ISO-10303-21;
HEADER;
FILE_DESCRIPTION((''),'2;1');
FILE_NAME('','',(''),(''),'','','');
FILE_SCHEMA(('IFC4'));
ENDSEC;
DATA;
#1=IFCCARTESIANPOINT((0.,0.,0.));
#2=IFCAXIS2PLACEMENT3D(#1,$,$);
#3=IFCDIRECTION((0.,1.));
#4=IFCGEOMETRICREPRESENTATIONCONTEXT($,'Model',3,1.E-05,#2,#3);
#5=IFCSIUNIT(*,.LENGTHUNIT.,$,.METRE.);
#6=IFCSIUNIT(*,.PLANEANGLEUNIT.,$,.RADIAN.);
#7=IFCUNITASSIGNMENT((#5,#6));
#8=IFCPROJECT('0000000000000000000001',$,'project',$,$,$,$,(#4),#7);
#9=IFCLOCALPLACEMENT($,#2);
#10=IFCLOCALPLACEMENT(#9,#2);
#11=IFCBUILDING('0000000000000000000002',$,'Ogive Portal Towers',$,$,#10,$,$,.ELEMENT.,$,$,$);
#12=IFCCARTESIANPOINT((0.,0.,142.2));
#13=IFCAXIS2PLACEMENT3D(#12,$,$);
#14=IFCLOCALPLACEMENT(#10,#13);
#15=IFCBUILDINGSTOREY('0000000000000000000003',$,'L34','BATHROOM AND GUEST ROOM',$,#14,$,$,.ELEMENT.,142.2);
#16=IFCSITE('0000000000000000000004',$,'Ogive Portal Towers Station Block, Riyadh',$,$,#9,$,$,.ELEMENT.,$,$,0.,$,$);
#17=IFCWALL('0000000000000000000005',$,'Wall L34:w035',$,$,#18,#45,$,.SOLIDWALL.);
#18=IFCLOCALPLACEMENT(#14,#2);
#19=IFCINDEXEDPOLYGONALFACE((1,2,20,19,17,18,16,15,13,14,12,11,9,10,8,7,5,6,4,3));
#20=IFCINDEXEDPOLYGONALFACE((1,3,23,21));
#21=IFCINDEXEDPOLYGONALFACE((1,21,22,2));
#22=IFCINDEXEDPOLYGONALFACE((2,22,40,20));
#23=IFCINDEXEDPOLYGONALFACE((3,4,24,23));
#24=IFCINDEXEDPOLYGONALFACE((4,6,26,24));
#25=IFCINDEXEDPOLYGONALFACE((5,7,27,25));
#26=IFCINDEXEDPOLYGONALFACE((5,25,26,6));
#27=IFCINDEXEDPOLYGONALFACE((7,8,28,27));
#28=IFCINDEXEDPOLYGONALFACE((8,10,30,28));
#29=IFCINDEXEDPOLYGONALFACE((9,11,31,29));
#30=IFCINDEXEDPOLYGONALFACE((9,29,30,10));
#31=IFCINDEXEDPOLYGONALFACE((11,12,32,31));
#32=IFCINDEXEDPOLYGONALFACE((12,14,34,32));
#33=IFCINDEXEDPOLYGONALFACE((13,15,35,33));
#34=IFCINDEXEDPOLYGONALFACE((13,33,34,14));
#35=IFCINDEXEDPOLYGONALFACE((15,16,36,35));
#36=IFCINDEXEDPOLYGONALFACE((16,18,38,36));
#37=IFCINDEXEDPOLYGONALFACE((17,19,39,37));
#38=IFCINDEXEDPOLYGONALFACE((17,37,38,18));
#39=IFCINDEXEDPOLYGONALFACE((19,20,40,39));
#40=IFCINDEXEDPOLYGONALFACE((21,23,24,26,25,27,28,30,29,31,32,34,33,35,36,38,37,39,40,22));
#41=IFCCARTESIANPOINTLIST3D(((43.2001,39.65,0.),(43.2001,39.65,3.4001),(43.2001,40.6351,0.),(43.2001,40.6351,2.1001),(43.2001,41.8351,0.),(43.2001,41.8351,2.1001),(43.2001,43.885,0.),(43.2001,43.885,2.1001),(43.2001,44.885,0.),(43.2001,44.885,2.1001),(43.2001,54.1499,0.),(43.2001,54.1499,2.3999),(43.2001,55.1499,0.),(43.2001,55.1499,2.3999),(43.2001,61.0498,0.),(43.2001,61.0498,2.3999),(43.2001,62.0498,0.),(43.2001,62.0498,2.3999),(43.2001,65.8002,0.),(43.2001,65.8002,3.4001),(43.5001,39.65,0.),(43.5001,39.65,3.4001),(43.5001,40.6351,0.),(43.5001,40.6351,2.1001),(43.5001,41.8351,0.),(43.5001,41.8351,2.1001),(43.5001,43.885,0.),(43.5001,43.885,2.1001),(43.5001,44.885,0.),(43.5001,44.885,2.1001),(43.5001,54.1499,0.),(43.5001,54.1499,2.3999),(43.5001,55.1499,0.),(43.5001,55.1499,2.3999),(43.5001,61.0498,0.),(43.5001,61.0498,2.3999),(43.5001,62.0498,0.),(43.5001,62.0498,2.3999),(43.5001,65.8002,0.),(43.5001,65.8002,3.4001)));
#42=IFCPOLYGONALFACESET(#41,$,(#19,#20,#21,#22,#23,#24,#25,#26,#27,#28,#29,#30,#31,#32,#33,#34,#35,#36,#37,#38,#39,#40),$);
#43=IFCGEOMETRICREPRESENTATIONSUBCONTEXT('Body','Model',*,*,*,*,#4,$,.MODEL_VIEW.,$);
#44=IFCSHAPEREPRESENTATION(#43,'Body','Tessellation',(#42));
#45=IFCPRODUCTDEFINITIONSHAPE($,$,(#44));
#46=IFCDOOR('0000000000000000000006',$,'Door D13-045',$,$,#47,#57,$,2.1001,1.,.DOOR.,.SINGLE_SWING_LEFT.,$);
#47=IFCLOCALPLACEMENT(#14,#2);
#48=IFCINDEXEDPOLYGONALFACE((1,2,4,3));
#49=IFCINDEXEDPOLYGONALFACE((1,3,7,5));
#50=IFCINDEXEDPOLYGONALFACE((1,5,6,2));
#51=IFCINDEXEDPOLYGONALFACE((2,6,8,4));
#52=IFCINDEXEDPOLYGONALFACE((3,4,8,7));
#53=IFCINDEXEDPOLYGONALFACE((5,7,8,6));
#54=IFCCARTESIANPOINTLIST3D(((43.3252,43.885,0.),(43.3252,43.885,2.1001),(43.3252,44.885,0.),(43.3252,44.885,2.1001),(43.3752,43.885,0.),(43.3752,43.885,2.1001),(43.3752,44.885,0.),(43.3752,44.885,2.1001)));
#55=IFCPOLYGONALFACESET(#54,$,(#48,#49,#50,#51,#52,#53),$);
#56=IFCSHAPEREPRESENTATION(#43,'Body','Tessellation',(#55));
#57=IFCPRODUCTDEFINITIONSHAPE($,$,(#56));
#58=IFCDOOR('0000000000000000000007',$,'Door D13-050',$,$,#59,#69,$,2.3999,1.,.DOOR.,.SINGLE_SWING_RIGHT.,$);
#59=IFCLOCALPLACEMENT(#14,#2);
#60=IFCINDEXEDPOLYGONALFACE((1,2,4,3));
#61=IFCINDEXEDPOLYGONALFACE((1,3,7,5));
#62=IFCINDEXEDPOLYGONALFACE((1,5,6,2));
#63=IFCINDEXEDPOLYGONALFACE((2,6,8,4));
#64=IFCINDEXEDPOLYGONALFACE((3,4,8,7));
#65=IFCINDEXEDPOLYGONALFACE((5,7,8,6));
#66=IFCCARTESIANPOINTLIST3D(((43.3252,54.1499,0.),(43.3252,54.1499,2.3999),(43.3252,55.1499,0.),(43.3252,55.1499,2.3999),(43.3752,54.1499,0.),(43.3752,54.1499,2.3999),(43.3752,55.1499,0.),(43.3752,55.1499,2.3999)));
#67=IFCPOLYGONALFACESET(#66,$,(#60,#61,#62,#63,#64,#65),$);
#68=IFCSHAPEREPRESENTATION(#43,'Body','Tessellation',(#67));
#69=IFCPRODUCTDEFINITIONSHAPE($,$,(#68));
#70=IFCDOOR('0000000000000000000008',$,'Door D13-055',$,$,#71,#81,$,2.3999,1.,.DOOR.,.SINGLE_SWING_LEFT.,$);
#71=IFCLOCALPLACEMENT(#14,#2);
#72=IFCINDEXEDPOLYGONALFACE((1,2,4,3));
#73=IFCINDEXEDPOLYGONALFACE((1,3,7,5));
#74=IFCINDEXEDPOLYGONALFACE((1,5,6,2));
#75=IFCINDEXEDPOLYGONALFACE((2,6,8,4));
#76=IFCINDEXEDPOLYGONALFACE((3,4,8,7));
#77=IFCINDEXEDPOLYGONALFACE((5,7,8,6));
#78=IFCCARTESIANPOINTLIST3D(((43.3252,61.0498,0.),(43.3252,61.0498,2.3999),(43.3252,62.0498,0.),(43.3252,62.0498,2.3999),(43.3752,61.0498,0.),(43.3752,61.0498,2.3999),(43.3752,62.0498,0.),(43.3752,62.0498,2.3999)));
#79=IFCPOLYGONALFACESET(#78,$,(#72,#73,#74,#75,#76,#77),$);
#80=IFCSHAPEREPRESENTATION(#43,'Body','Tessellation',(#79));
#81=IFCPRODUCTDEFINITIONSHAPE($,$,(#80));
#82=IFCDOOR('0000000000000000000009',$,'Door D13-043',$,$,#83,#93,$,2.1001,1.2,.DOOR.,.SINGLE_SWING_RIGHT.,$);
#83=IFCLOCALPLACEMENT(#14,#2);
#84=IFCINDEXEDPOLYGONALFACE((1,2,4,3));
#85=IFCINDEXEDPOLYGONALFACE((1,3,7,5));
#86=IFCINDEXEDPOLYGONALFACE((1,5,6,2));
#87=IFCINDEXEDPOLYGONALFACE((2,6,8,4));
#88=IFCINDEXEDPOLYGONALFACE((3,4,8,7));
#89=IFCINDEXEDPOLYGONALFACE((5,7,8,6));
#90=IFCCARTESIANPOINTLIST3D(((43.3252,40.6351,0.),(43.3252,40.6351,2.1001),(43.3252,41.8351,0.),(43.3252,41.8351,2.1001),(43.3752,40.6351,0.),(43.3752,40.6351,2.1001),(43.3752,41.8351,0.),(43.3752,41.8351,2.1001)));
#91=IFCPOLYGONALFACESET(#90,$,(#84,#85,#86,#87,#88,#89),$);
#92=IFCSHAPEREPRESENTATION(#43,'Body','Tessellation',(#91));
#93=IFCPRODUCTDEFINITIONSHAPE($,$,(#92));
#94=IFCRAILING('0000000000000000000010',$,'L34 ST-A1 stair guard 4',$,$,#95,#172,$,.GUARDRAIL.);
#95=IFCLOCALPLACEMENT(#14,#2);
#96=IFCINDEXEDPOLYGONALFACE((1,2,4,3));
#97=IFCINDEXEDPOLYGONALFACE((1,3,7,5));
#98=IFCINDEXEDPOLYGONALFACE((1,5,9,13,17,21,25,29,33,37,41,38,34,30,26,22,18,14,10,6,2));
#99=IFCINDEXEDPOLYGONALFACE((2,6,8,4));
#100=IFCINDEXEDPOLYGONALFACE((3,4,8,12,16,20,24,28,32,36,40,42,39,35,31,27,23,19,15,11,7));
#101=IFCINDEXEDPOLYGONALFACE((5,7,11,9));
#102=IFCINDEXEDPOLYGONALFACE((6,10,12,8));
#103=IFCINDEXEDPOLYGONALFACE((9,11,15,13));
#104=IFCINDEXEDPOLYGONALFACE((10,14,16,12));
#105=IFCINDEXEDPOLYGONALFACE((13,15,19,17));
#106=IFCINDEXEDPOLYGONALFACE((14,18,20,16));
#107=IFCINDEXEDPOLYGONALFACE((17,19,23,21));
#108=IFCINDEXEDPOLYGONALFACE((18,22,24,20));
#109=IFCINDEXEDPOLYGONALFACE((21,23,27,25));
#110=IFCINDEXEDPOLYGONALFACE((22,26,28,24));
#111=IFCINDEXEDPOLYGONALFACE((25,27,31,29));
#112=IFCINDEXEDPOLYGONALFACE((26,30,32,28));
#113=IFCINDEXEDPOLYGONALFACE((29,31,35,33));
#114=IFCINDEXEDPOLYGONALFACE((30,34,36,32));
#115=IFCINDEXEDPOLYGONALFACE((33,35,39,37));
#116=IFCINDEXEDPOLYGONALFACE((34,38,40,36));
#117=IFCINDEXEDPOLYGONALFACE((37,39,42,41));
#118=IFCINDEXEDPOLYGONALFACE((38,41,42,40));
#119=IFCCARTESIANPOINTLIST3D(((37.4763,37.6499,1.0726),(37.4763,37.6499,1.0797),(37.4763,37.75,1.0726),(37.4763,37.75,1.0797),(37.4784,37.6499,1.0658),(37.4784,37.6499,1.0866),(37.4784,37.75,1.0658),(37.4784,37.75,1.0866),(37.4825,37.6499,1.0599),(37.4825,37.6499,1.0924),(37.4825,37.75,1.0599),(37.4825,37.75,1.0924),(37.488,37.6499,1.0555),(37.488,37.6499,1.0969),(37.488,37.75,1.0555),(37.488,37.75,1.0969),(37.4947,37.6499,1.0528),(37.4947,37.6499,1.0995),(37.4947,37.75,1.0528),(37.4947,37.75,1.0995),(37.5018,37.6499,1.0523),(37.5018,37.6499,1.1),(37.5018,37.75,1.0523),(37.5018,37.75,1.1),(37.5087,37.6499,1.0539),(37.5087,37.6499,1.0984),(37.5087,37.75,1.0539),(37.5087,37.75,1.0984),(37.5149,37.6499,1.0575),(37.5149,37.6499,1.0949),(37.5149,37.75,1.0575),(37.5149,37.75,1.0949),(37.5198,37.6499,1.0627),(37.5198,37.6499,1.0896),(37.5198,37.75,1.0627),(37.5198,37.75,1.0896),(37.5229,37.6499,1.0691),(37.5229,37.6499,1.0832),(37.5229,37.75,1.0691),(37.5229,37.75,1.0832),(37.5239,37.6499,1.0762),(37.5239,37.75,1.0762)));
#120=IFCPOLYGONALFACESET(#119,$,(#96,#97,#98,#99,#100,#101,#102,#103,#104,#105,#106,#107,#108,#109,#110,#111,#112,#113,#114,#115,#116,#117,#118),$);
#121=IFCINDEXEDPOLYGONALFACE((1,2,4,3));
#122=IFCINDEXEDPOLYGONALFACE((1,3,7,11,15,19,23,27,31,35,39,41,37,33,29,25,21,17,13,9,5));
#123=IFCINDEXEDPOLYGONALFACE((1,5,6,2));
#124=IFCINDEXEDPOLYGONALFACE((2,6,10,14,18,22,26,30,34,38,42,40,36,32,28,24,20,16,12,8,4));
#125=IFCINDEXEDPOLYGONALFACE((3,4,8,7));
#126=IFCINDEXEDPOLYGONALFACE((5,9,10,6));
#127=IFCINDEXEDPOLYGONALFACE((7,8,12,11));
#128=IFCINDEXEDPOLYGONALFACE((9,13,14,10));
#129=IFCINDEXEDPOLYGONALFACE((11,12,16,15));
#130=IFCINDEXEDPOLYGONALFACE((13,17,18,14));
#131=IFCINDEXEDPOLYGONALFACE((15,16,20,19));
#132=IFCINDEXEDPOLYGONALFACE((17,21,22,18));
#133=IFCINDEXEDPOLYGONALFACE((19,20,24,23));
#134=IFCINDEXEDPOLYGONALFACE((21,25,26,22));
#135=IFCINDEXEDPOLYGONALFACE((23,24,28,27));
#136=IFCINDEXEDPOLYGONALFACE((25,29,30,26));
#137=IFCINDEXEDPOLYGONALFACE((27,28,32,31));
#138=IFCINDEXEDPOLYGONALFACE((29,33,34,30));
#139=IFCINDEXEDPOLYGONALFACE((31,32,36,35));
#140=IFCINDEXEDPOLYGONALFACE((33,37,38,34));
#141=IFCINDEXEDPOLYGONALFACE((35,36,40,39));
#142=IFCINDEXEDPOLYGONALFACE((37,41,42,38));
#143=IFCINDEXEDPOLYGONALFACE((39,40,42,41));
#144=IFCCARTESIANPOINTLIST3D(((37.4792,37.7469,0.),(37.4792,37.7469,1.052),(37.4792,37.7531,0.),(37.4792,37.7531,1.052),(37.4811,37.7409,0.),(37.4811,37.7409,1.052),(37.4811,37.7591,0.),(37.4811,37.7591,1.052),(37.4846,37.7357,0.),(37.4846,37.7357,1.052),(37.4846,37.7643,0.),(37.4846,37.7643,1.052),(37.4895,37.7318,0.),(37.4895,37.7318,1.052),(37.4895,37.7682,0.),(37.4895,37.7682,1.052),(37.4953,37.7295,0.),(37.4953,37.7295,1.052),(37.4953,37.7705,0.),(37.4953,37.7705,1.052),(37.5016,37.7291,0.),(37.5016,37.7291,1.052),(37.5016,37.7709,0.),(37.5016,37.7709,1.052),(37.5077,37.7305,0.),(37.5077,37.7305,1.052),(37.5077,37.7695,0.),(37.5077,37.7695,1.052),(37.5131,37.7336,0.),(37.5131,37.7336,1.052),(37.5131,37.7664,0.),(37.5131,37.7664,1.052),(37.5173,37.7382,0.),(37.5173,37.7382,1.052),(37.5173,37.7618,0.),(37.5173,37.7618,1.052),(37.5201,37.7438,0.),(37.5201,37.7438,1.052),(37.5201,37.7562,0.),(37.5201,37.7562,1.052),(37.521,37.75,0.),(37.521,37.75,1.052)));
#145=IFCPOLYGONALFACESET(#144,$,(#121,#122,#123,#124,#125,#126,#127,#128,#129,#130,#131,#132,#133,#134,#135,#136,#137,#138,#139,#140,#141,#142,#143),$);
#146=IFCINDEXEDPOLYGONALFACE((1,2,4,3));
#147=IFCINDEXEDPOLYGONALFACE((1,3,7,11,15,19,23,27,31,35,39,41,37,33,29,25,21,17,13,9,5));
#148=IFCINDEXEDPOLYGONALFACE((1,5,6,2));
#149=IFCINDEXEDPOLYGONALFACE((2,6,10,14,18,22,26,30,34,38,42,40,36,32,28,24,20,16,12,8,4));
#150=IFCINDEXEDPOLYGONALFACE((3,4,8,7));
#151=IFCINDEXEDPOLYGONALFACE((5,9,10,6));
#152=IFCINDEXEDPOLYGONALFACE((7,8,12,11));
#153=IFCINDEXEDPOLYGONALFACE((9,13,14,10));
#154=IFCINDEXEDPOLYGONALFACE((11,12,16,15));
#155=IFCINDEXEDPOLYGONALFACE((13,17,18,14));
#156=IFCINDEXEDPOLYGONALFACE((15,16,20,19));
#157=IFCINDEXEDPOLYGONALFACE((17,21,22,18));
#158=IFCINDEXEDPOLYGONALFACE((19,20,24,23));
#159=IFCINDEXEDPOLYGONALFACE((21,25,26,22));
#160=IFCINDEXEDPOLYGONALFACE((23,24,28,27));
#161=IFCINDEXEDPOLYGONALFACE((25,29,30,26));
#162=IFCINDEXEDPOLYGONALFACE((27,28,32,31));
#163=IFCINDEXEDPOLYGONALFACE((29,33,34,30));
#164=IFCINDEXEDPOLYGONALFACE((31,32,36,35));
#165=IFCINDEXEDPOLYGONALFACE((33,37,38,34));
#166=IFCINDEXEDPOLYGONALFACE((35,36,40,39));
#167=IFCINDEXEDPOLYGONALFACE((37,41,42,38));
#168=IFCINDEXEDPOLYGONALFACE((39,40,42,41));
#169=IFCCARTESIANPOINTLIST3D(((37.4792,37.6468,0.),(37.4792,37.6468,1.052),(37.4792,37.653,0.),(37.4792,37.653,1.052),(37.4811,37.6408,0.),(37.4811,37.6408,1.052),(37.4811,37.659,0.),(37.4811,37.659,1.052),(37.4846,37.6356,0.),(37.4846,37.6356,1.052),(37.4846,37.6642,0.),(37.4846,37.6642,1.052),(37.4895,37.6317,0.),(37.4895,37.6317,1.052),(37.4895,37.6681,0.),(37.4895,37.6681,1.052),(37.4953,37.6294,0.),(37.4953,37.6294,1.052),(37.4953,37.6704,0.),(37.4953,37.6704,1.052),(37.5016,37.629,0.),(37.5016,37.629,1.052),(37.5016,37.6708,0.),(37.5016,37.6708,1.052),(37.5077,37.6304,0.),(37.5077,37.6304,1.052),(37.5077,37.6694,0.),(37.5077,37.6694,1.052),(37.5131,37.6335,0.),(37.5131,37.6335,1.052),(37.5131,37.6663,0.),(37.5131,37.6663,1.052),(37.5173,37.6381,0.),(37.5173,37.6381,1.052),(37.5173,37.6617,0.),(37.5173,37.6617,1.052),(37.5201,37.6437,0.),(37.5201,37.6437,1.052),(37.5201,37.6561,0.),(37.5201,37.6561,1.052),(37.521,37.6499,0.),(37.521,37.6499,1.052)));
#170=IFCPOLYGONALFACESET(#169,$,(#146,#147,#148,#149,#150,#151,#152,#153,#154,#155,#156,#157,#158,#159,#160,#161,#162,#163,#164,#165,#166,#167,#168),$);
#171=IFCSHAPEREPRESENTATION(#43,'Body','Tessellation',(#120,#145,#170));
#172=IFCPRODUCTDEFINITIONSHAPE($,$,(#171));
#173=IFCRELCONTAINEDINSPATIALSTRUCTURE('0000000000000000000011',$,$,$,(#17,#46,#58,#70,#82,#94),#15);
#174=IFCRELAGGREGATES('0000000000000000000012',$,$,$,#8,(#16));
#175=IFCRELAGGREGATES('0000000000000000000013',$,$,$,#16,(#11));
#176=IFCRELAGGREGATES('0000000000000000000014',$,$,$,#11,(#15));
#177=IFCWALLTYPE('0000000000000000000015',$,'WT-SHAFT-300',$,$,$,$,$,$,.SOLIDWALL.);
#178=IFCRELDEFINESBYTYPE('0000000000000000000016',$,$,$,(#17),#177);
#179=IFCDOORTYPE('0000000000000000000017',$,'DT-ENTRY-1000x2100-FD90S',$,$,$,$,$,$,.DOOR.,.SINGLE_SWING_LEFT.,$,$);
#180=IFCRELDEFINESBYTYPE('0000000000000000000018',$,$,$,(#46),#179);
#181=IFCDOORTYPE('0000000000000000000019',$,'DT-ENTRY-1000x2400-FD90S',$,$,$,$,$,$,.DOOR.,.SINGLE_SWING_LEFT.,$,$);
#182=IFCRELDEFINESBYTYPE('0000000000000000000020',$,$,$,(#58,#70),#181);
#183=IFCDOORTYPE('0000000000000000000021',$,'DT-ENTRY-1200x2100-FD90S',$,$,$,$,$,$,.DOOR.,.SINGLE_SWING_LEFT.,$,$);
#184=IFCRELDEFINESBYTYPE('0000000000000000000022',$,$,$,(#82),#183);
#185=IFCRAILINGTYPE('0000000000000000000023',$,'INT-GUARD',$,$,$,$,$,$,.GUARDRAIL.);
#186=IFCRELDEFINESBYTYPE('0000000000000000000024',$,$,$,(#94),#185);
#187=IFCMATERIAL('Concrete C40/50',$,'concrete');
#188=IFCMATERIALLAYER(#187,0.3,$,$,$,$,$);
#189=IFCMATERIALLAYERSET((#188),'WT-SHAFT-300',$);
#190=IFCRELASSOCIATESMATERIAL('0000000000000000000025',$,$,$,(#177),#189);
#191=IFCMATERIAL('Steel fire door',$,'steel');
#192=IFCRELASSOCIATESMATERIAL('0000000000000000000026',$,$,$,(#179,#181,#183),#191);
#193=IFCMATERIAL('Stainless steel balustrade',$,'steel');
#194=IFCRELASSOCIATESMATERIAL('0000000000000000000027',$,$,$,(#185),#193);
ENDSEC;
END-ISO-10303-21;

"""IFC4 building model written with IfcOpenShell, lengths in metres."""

from ifc_helpers import new_model, si_unit, direction, frame, frame_2d, origin, origin_2d, place, context, subcontext, project, spatial, rectangle, circle, extrude, material, layer, layer_set, type_object, element, fill, save


model = new_model("IFC4")

# Units and contexts
model_context = context("Model", 3, precision=1e-05, world=origin(), true_north=direction((0.0, 1.0)))
body_context = subcontext(model_context, "Body", "Model", "MODEL_VIEW")
ifc_project = project(units=[si_unit("LENGTHUNIT", "METRE"), si_unit("PLANEANGLEUNIT", "RADIAN")], contexts=[model_context])

# Site, building, storey
site_placement = place(None, origin())
site = spatial("IfcSite", under=ifc_project, at=site_placement, Name="Ogive Portal Towers Station Block, Riyadh", CompositionType="ELEMENT", RefElevation=0.0)
building_placement = place(site_placement, origin())
building = spatial("IfcBuilding", under=site, at=building_placement, Name="Ogive Portal Towers", CompositionType="ELEMENT")
storey_placement = place(building_placement, frame((0.0, 0.0, 142.2)))
storey = spatial("IfcBuildingStorey", under=building, at=storey_placement, Name="L34", Description="BATHROOM AND GUEST ROOM", CompositionType="ELEMENT", Elevation=142.2)

# Shared definitions
ifc_material_1 = material(Name="Steel fire door", Category="steel")

# Wall, openings, doors
ifc_material_2 = material(Name="Concrete C40/50", Category="concrete")
ifc_layer_1 = layer(ifc_material_2, 0.3)
ifc_layer_set_1 = layer_set([ifc_layer_1], Name="WT-SHAFT-300")
wall_type_1 = type_object("IfcWallType", Name="WT-SHAFT-300", PredefinedType="SOLIDWALL", material=ifc_layer_set_1)
wall_1_placement = place(storey_placement, frame((43.3501, 39.6499, 0.0), z_axis=(0.0, 0.0, 1.0), x_axis=(0.0, 1.0, 0.0)))
wall_1 = element("IfcWall", 1, at=wall_1_placement, inside=storey, type_object=wall_type_1, Name="Wall L34:w035", PredefinedType="SOLIDWALL", context=body_context, shape_type="SweptSolid", body=[
    extrude(rectangle(XDim=26.1501, YDim=0.3, at=frame_2d((13.0752, 0.0))), origin(), (0.0, 0.0, 1.0), 3.4001),
])
opening_1_placement = place(wall_1_placement, frame((0.9851, 0.0, 0.0)))
opening_1 = element("IfcOpeningElement", 2, at=opening_1_placement, cuts=wall_1, PredefinedType="OPENING", context=body_context, shape_type="SweptSolid", body=[
    extrude(rectangle(XDim=1.2, YDim=2.1001, at=frame_2d((0.6001, 1.05))), frame((0.0, 0.1602, 0.0), z_axis=(0.0, -1.0, 0.0), x_axis=(1.0, 0.0, 0.0)), (0.0, 0.0, 1.0), 0.3201),
])
opening_2_placement = place(wall_1_placement, frame((4.2351, 0.0, 0.0)))
opening_2 = element("IfcOpeningElement", 3, at=opening_2_placement, cuts=wall_1, PredefinedType="OPENING", context=body_context, shape_type="SweptSolid", body=[
    extrude(rectangle(XDim=1.0, YDim=2.1001, at=frame_2d((0.5, 1.05))), frame((0.0, 0.1602, 0.0), z_axis=(0.0, -1.0, 0.0), x_axis=(1.0, 0.0, 0.0)), (0.0, 0.0, 1.0), 0.3201),
])
opening_3_placement = place(wall_1_placement, frame((14.5, 0.0, 0.0)))
opening_3 = element("IfcOpeningElement", 4, at=opening_3_placement, cuts=wall_1, PredefinedType="OPENING", context=body_context, shape_type="SweptSolid", body=[
    extrude(rectangle(XDim=1.0, YDim=2.3999, at=frame_2d((0.5, 1.2))), frame((0.0, 0.1602, 0.0), z_axis=(0.0, -1.0, 0.0), x_axis=(1.0, 0.0, 0.0)), (0.0, 0.0, 1.0), 0.3201),
])
opening_4_placement = place(wall_1_placement, frame((21.3999, 0.0, 0.0)))
opening_4 = element("IfcOpeningElement", 5, at=opening_4_placement, cuts=wall_1, PredefinedType="OPENING", context=body_context, shape_type="SweptSolid", body=[
    extrude(rectangle(XDim=1.0, YDim=2.3999, at=frame_2d((0.5, 1.2))), frame((0.0, 0.1602, 0.0), z_axis=(0.0, -1.0, 0.0), x_axis=(1.0, 0.0, 0.0)), (0.0, 0.0, 1.0), 0.3201),
])
door_type_1 = type_object("IfcDoorType", Name="DT-ENTRY-1000x2100-FD90S", OperationType="SINGLE_SWING_LEFT", PredefinedType="DOOR", material=ifc_material_1)
door_1_placement = place(opening_2_placement, origin())
door_1 = element("IfcDoor", 6, at=door_1_placement, inside=storey, type_object=door_type_1, Name="Door D13-045", OperationType="SINGLE_SWING_LEFT", OverallHeight=2.1001, OverallWidth=1.0, PredefinedType="DOOR", context=body_context, shape_type="SweptSolid", body=[
    extrude(rectangle(XDim=1.0, YDim=2.1001, at=frame_2d((0.5, 1.05))), frame((0.0, 0.0249, 0.0), z_axis=(0.0, -1.0, 0.0), x_axis=(1.0, 0.0, 0.0)), (0.0, 0.0, 1.0), 0.05),
])
fill(opening_2, door_1)
door_type_2 = type_object("IfcDoorType", Name="DT-ENTRY-1000x2400-FD90S", OperationType="SINGLE_SWING_LEFT", PredefinedType="DOOR", material=ifc_material_1)
door_2_placement = place(opening_3_placement, origin())
door_2 = element("IfcDoor", 7, at=door_2_placement, inside=storey, type_object=door_type_2, Name="Door D13-050", OperationType="SINGLE_SWING_RIGHT", OverallHeight=2.3999, OverallWidth=1.0, PredefinedType="DOOR", context=body_context, shape_type="SweptSolid", body=[
    extrude(rectangle(XDim=1.0, YDim=2.3999, at=frame_2d((0.5, 1.2))), frame((0.0, 0.0249, 0.0), z_axis=(0.0, -1.0, 0.0), x_axis=(1.0, 0.0, 0.0)), (0.0, 0.0, 1.0), 0.05),
])
fill(opening_3, door_2)
door_3_placement = place(opening_4_placement, origin())
door_3 = element("IfcDoor", 8, at=door_3_placement, inside=storey, type_object=door_type_2, Name="Door D13-055", OperationType="SINGLE_SWING_LEFT", OverallHeight=2.3999, OverallWidth=1.0, PredefinedType="DOOR", context=body_context, shape_type="SweptSolid", body=[
    extrude(rectangle(XDim=1.0, YDim=2.3999, at=frame_2d((0.5, 1.2))), frame((0.0, 0.0249, 0.0), z_axis=(0.0, -1.0, 0.0), x_axis=(1.0, 0.0, 0.0)), (0.0, 0.0, 1.0), 0.05),
])
fill(opening_4, door_3)
door_type_3 = type_object("IfcDoorType", Name="DT-ENTRY-1200x2100-FD90S", OperationType="SINGLE_SWING_LEFT", PredefinedType="DOOR", material=ifc_material_1)
door_4_placement = place(opening_1_placement, origin())
door_4 = element("IfcDoor", 9, at=door_4_placement, inside=storey, type_object=door_type_3, Name="Door D13-043", OperationType="SINGLE_SWING_RIGHT", OverallHeight=2.1001, OverallWidth=1.2, PredefinedType="DOOR", context=body_context, shape_type="SweptSolid", body=[
    extrude(rectangle(XDim=1.2, YDim=2.1001, at=frame_2d((0.6001, 1.05))), frame((0.0, 0.0249, 0.0), z_axis=(0.0, -1.0, 0.0), x_axis=(1.0, 0.0, 0.0)), (0.0, 0.0, 1.0), 0.05),
])
fill(opening_1, door_4)

# Railing
ifc_material_3 = material(Name="Stainless steel balustrade", Category="steel")
railing_type_1 = type_object("IfcRailingType", Name="INT-GUARD", PredefinedType="GUARDRAIL", material=ifc_material_3)
railing_1_placement = place(storey_placement, frame((37.5, 37.75, 0.0)))
element("IfcRailing", 10, at=railing_1_placement, inside=storey, type_object=railing_type_1, Name="L34 ST-A1 stair guard 4", PredefinedType="GUARDRAIL", context=body_context, shape_type="SweptSolid", body=[
    extrude(circle(Radius=0.0239, at=origin_2d()), frame((0.0, 0.0, 1.0762), z_axis=(0.0, -1.0, 0.0), x_axis=(1.0, 0.0, 0.0)), (0.0, 0.0, 1.0), 0.1001),
    extrude(circle(Radius=0.021, at=origin_2d()), origin(), (0.0, 0.0, 1.0), 1.052),
    extrude(circle(Radius=0.021, at=origin_2d()), frame((0.0, -0.1001, 0.0)), (0.0, 0.0, 1.0), 1.052),
])

save(model, "model.ifc")
